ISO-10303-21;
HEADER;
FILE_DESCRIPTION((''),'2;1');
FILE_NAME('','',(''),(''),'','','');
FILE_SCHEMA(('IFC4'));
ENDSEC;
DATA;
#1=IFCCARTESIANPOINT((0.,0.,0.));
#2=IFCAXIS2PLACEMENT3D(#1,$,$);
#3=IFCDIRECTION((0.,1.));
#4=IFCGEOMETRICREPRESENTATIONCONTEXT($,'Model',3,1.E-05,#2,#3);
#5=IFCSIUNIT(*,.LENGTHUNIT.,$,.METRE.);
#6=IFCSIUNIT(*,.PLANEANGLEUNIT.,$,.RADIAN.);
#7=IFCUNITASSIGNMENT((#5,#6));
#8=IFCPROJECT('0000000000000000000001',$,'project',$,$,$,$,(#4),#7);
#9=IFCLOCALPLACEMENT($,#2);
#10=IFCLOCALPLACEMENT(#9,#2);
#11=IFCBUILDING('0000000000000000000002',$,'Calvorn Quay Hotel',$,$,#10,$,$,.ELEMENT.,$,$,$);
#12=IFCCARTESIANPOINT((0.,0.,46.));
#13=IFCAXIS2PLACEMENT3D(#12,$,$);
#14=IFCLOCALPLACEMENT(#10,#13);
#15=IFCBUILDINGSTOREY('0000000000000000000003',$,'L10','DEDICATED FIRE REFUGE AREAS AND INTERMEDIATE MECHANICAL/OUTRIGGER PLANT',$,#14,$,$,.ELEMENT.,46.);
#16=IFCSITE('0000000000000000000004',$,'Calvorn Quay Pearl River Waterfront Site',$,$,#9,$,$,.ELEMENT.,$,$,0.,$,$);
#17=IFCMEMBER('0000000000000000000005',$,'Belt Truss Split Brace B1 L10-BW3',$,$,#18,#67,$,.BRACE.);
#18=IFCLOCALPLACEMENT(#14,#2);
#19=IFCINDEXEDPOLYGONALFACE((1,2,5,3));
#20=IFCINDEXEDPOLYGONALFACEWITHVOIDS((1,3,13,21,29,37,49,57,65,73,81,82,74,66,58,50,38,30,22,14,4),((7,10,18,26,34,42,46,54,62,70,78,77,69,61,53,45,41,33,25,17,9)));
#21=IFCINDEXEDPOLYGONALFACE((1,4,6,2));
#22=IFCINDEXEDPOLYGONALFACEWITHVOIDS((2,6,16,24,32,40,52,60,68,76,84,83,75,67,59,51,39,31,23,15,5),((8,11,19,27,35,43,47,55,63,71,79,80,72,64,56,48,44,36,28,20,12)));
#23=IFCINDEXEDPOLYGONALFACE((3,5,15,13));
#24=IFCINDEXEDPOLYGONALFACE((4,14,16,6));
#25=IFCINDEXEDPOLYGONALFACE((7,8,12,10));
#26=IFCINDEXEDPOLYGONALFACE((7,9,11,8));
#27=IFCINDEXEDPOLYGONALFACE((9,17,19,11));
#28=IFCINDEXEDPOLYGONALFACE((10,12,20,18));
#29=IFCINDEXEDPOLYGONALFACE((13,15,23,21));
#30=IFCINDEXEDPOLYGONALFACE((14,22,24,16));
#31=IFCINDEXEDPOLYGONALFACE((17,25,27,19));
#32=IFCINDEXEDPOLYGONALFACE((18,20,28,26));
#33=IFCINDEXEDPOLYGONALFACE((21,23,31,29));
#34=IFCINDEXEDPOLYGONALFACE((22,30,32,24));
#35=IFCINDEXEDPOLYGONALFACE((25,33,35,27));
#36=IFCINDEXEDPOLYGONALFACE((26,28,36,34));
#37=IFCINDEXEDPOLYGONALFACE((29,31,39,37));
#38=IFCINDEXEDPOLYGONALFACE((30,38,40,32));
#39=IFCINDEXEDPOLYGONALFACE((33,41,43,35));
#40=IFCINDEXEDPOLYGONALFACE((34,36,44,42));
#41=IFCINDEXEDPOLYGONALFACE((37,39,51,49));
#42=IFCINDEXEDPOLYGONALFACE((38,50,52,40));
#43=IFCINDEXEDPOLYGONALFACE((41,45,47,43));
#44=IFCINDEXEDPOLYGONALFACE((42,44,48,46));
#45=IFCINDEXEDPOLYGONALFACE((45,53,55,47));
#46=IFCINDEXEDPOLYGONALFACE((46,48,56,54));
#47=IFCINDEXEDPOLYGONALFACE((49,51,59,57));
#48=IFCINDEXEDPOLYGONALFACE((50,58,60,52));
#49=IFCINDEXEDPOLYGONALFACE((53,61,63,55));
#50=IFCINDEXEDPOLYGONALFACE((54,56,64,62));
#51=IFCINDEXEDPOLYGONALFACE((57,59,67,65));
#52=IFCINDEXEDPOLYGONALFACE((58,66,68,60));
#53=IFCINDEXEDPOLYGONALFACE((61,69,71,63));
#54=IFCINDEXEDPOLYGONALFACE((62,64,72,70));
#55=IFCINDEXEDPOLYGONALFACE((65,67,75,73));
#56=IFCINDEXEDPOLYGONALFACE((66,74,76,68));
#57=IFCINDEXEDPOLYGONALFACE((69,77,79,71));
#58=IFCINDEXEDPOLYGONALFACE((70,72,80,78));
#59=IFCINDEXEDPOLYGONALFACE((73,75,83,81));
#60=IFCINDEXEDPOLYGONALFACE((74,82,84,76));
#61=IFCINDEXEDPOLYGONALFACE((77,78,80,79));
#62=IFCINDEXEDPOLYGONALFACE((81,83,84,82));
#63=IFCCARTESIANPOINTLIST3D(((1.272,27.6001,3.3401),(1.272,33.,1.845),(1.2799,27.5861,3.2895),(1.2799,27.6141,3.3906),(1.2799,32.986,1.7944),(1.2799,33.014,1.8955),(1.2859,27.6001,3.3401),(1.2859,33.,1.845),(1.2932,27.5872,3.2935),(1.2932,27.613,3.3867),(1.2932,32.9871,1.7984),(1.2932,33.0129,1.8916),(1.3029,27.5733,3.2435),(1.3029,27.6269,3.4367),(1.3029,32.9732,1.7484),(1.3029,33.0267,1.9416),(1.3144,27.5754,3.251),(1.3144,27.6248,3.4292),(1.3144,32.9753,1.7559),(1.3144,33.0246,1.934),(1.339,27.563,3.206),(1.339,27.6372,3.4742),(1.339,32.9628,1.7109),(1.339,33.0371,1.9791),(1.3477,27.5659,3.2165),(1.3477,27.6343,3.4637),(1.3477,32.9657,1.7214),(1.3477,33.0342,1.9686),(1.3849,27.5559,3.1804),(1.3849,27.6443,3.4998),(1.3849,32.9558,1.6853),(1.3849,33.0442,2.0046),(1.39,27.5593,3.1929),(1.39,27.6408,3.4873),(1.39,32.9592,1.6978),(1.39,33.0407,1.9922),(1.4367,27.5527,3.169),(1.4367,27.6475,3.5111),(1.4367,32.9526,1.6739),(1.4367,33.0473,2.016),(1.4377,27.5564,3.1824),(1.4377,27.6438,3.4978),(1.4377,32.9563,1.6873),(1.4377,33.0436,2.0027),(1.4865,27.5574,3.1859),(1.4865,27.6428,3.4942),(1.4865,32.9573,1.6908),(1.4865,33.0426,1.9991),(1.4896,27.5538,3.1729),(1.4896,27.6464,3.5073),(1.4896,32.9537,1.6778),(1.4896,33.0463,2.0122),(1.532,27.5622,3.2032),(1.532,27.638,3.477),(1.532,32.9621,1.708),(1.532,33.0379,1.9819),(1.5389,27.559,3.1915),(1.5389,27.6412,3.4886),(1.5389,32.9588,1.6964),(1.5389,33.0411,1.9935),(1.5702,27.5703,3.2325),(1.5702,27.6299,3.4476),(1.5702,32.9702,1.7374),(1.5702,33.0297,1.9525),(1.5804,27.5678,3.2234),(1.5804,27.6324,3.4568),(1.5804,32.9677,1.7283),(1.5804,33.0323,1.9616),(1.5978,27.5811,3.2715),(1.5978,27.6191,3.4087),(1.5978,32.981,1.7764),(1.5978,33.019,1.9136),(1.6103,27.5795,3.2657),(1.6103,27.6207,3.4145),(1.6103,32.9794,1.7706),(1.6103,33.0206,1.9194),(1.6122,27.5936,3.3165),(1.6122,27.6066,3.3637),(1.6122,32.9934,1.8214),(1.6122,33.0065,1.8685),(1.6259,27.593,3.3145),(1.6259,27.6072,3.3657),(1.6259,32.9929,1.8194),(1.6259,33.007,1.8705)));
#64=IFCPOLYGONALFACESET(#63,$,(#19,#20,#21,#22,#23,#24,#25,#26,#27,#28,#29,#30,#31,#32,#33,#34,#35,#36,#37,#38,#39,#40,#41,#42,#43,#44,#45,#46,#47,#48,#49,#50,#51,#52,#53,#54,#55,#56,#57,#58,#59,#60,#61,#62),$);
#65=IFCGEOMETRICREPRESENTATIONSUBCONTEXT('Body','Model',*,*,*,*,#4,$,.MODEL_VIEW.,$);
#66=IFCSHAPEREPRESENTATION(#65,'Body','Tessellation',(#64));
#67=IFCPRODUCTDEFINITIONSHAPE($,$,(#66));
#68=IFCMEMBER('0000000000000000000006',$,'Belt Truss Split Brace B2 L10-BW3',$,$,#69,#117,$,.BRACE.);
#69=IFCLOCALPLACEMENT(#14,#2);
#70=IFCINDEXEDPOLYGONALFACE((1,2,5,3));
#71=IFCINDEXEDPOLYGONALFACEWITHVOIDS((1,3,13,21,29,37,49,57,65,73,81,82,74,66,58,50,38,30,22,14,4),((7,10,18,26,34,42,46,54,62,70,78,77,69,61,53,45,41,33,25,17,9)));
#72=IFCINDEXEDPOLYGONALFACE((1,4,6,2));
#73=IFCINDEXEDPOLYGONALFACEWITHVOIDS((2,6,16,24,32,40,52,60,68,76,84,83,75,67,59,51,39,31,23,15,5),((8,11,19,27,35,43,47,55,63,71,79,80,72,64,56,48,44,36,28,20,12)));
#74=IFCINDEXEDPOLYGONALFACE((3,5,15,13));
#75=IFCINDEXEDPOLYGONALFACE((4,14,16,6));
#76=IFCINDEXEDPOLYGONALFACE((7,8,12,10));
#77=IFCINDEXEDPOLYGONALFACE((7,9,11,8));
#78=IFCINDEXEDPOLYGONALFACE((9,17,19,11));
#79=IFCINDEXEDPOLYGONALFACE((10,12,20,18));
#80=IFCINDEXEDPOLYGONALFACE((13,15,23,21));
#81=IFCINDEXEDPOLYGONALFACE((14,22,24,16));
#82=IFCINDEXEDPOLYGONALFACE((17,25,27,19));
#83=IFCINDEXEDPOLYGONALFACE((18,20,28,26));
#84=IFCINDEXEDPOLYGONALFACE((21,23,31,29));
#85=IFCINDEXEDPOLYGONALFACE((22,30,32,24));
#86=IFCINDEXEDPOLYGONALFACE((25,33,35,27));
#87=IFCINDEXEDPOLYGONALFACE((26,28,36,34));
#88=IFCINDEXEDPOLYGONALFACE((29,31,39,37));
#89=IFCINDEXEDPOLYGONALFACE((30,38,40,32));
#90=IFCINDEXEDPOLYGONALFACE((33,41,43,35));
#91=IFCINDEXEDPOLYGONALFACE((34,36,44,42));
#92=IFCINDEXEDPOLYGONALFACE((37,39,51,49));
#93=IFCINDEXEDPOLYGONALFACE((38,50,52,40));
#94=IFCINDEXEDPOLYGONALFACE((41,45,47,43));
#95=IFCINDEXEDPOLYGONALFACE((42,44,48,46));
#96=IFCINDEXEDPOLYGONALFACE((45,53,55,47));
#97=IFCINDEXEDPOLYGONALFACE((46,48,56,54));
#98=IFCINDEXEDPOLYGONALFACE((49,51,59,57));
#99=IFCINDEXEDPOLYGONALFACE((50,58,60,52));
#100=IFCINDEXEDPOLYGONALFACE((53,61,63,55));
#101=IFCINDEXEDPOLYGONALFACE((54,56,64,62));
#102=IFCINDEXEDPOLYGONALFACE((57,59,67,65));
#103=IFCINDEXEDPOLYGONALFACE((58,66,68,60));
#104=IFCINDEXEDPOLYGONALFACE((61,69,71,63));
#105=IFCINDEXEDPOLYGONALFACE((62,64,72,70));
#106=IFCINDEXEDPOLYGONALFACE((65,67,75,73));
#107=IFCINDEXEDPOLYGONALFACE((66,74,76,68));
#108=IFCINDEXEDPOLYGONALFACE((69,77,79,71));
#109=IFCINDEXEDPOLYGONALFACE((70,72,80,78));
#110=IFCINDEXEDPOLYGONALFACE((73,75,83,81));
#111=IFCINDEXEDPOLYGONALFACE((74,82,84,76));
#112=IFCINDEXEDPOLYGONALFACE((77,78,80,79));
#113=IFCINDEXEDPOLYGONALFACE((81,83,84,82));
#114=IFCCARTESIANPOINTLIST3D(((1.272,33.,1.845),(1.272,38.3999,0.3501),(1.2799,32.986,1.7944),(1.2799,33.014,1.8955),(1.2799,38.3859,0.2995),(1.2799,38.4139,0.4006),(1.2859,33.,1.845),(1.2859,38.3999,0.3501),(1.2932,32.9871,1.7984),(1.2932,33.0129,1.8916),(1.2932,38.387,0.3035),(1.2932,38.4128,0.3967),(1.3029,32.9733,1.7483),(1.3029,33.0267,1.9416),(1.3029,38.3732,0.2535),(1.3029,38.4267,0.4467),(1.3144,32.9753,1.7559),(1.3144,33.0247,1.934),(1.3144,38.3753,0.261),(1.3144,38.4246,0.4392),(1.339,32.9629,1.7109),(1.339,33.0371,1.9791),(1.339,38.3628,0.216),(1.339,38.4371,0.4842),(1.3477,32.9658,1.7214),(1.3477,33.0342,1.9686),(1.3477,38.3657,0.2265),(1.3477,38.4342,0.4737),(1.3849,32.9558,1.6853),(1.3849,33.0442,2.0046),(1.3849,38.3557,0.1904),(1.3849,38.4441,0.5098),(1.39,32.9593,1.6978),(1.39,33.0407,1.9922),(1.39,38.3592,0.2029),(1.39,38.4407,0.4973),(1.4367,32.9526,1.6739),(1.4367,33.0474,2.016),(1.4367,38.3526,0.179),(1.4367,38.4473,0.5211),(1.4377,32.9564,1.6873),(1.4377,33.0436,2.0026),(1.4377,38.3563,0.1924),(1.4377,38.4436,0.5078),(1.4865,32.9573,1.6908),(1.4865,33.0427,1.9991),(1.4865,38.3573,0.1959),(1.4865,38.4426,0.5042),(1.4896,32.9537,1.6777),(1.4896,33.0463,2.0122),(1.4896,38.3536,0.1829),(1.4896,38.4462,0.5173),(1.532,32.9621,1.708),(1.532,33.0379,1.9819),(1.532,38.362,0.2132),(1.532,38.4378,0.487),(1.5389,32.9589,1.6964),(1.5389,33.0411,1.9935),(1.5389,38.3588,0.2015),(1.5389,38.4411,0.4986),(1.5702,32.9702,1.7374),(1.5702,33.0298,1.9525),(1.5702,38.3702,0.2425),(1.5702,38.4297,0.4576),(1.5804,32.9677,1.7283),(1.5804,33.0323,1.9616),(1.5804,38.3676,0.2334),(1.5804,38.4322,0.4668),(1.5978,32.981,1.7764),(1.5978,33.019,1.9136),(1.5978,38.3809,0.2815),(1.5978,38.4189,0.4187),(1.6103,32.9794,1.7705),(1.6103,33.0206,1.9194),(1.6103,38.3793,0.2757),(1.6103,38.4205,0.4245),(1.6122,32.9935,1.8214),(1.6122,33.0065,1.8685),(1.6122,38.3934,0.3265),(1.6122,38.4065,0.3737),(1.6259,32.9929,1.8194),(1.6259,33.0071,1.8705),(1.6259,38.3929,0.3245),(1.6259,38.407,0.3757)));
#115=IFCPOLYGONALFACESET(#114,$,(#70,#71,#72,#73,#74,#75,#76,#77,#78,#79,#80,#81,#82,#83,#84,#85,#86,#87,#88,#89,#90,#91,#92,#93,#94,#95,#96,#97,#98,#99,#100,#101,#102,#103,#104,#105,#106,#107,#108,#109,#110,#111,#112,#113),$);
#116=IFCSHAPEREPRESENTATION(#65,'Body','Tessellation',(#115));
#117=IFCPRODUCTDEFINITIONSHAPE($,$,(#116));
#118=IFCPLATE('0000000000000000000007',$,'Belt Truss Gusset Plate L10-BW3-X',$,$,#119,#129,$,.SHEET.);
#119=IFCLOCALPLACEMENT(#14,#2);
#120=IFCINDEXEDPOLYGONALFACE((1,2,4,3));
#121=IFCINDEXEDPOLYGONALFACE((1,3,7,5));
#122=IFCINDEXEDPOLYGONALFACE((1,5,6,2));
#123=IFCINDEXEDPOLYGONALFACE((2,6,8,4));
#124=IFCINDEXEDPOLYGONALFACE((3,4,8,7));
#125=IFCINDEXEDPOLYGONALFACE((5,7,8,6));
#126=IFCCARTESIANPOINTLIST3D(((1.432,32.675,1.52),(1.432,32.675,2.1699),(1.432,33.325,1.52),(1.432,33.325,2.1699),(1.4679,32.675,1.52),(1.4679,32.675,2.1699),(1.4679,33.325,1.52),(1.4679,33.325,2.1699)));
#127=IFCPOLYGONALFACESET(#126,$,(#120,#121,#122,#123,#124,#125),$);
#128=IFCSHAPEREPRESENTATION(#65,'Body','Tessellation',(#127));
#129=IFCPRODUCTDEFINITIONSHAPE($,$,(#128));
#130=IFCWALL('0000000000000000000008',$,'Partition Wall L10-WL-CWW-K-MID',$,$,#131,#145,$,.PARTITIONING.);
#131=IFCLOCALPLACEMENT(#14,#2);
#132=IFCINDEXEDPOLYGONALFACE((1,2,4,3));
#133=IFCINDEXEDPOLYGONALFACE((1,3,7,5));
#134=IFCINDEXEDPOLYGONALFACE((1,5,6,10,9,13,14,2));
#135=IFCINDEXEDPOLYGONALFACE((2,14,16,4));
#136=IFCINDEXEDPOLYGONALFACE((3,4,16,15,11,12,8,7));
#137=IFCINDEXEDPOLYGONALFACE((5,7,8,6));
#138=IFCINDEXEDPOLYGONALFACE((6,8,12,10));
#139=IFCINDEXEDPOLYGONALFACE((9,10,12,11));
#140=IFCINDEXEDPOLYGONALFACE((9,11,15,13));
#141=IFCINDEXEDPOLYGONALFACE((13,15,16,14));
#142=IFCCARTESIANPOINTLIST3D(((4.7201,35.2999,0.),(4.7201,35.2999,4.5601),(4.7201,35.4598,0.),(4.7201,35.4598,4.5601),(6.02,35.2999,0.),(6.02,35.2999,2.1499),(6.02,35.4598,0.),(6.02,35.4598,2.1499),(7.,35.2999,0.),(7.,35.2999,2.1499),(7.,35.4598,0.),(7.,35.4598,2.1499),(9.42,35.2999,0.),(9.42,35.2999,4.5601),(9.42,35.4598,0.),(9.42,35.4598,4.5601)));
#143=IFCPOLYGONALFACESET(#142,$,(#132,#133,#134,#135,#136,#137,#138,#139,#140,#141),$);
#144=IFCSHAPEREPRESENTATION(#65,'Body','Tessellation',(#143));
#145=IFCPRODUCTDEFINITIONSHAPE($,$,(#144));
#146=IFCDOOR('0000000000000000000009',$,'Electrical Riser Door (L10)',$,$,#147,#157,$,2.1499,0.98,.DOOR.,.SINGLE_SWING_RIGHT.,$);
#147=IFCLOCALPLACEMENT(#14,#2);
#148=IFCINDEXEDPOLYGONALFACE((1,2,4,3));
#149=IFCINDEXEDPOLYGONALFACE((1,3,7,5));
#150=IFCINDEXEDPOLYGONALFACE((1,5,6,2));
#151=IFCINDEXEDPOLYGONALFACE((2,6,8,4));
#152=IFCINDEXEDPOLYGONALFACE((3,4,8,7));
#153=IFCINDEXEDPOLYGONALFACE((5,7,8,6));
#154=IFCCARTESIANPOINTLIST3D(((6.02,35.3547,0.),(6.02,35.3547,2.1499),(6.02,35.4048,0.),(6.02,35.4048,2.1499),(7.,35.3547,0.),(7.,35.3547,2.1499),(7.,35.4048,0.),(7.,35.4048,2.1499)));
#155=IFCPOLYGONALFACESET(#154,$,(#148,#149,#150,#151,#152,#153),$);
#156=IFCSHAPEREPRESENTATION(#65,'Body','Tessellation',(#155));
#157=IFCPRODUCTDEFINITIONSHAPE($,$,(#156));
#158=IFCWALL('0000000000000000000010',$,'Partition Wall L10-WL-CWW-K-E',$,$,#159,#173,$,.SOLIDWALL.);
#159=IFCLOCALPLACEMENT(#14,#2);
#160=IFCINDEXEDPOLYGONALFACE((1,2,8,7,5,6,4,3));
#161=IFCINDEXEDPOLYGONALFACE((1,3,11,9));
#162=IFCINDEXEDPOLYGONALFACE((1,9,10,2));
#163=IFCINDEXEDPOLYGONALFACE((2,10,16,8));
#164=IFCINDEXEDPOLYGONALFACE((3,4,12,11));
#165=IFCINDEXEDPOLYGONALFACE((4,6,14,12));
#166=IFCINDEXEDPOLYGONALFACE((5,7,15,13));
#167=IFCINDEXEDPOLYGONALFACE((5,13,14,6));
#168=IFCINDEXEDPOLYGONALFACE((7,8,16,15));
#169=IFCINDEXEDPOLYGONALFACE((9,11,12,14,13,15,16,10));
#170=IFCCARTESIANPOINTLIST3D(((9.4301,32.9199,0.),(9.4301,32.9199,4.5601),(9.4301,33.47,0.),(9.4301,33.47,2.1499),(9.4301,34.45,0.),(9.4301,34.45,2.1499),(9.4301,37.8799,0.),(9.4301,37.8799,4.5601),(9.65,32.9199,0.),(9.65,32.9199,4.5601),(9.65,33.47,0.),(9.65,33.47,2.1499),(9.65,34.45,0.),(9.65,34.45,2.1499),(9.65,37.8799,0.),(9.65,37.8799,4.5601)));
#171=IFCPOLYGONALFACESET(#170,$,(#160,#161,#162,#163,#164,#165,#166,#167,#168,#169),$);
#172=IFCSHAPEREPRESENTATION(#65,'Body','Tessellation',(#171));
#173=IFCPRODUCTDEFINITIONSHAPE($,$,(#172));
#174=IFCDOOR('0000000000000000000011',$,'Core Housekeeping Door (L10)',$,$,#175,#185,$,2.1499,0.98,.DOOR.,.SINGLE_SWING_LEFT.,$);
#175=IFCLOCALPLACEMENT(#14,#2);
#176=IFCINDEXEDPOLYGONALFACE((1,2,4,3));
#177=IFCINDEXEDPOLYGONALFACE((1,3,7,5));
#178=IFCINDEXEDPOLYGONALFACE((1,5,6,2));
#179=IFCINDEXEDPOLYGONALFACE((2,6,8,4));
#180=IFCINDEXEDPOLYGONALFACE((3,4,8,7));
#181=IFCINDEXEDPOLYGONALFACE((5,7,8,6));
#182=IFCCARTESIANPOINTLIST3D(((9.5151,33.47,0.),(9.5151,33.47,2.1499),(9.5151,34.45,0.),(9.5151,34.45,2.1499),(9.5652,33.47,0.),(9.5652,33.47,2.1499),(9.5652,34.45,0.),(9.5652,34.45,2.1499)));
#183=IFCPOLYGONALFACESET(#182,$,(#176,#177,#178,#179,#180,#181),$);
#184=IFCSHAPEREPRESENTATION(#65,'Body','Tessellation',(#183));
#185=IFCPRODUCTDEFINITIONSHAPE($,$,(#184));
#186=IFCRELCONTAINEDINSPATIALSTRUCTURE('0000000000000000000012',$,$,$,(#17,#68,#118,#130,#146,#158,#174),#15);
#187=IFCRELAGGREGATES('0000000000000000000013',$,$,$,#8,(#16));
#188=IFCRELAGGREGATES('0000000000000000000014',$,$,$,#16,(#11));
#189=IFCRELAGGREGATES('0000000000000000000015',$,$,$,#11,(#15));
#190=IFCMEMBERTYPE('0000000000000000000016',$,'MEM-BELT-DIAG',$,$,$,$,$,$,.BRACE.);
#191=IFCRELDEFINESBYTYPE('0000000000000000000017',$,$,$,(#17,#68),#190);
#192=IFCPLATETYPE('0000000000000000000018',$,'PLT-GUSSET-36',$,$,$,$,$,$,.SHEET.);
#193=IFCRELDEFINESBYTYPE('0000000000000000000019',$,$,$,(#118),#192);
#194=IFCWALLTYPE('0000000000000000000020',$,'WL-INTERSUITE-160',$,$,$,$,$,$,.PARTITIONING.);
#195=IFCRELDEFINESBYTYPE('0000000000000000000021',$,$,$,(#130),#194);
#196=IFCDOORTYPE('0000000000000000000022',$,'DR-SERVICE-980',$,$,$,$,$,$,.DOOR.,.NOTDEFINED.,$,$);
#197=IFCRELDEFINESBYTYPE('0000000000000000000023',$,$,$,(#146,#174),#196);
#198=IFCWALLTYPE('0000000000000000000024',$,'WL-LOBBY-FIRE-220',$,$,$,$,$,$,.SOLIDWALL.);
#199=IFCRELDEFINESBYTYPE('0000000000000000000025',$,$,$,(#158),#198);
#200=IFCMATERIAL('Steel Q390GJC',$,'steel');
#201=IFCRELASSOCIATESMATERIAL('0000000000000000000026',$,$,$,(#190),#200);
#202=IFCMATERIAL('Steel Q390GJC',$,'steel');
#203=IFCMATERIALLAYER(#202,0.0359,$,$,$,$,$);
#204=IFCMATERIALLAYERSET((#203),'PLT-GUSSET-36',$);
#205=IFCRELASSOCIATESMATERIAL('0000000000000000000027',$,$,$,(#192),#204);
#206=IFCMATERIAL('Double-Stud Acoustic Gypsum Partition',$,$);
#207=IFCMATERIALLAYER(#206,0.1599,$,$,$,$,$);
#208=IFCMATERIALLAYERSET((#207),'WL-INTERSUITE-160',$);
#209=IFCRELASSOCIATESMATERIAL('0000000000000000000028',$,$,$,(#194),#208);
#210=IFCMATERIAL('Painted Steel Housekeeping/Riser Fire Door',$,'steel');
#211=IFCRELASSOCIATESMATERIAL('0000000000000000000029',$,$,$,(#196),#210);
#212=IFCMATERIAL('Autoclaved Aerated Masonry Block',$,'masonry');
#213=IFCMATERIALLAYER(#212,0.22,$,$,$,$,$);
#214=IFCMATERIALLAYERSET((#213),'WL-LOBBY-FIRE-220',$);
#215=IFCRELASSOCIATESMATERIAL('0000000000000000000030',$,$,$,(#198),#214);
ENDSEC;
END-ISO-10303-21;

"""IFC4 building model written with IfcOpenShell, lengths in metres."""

from ifc_helpers import new_model, si_unit, direction, frame, frame_2d, origin, origin_2d, place, context, subcontext, project, spatial, rectangle, hollow_circle, extrude, material, layer, layer_set, material_profile, profile_set, type_object, element, fill, save


model = new_model("IFC4")

# Units and contexts
model_context = context("Model", 3, precision=1e-05, world=origin(), true_north=direction((0.0, 1.0)))
body_context = subcontext(model_context, "Body", "Model", "MODEL_VIEW")
ifc_project = project(units=[si_unit("LENGTHUNIT", "METRE"), si_unit("PLANEANGLEUNIT", "RADIAN")], contexts=[model_context])

# Site, building, storey
site_placement = place(None, origin())
site = spatial("IfcSite", under=ifc_project, at=site_placement, Name="Calvorn Quay Pearl River Waterfront Site", CompositionType="ELEMENT", RefElevation=0.0)
building_placement = place(site_placement, origin())
building = spatial("IfcBuilding", under=site, at=building_placement, Name="Calvorn Quay Hotel", CompositionType="ELEMENT")
storey_placement = place(building_placement, frame((0.0, 0.0, 46.0)))
storey = spatial("IfcBuildingStorey", under=building, at=storey_placement, Name="L10", Description="DEDICATED FIRE REFUGE AREAS AND INTERMEDIATE MECHANICAL/OUTRIGGER PLANT", CompositionType="ELEMENT", Elevation=46.0)

# Members
ifc_material_1 = material(Name="Steel Q390GJC", Category="steel")
ifc_material_profile_1 = material_profile(ifc_material_1, hollow_circle(Radius=0.178, WallThickness=0.0139, at=origin_2d()), Name="CHS356x14")
ifc_profile_set_1 = profile_set([ifc_material_profile_1], Name="Steel Q390GJC")
member_type = type_object("IfcMemberType", Name="MEM-BELT-DIAG", PredefinedType="BRACE", material=ifc_profile_set_1)
for number, where, z_axis, x_axis, name in (
    (1, (1.45, 27.6001, 3.3401), (0.0, 0.963741, -0.266839), (-1.0, 0.0, 0.0), "Belt Truss Split Brace B1 L10-BW3"),
    (2, (1.45, 33.0, 1.845), (0.0, 0.963752, -0.266799), (-1.0, 0.0, 0.0), "Belt Truss Split Brace B2 L10-BW3"),
):
    element("IfcMember", number, at=place(storey_placement, frame(where, z_axis=z_axis, x_axis=x_axis)), inside=storey, type_object=member_type, Name=name, PredefinedType="BRACE", context=body_context, shape_type="SweptSolid", body=[
        extrude(hollow_circle(Radius=0.178, WallThickness=0.0139, at=origin_2d()), origin(), (0.0, 0.0, 1.0), 5.603),
    ])

# Plate
ifc_material_2 = material(Name="Steel Q390GJC", Category="steel")
ifc_layer_1 = layer(ifc_material_2, 0.0359)
ifc_layer_set_1 = layer_set([ifc_layer_1], Name="PLT-GUSSET-36")
plate_type = type_object("IfcPlateType", Name="PLT-GUSSET-36", PredefinedType="SHEET", material=ifc_layer_set_1)
plate_placement = place(storey_placement, frame((1.45, 33.0, 1.52), z_axis=(0.0, 0.0, 1.0), x_axis=(0.0, 1.0, 0.0)))
element("IfcPlate", 3, at=plate_placement, inside=storey, type_object=plate_type, Name="Belt Truss Gusset Plate L10-BW3-X", PredefinedType="SHEET", context=body_context, shape_type="SweptSolid", body=[
    extrude(rectangle(XDim=0.6499, YDim=0.0359, at=origin_2d()), origin(), (0.0, 0.0, 1.0), 0.6499),
])

# Walls, openings, doors
ifc_material_3 = material(Name="Double-Stud Acoustic Gypsum Partition")
ifc_layer_2 = layer(ifc_material_3, 0.1599)
ifc_layer_set_2 = layer_set([ifc_layer_2], Name="WL-INTERSUITE-160")
wall_type_1 = type_object("IfcWallType", Name="WL-INTERSUITE-160", PredefinedType="PARTITIONING", material=ifc_layer_set_2)
wall_1_placement = place(storey_placement, frame((4.72, 35.3799, 0.0), z_axis=(0.0, 0.0, 1.0), x_axis=(1.0, 0.0, 0.0)))
wall_1 = element("IfcWall", 4, at=wall_1_placement, inside=storey, type_object=wall_type_1, Name="Partition Wall L10-WL-CWW-K-MID", PredefinedType="PARTITIONING", context=body_context, shape_type="SweptSolid", body=[
    extrude(rectangle(XDim=4.7, YDim=0.1599, at=frame_2d((2.3501, 0.0))), origin(), (0.0, 0.0, 1.0), 4.5601),
])
opening_1_placement = place(wall_1_placement, frame((1.3, 0.0, 0.0)))
opening_1 = element("IfcOpeningElement", 5, at=opening_1_placement, cuts=wall_1, PredefinedType="OPENING", context=body_context, shape_type="SweptSolid", body=[
    extrude(rectangle(XDim=0.98, YDim=2.1499, at=frame_2d((0.49, 1.075))), frame((0.0, 0.0898, 0.0), z_axis=(0.0, -1.0, 0.0), x_axis=(1.0, 0.0, 0.0)), (0.0, 0.0, 1.0), 0.1799),
])
ifc_material_4 = material(Name="Painted Steel Housekeeping/Riser Fire Door", Category="steel")
door_type_1 = type_object("IfcDoorType", Name="DR-SERVICE-980", OperationType="NOTDEFINED", PredefinedType="DOOR", material=ifc_material_4)
door_1_placement = place(opening_1_placement, origin())
door_1 = element("IfcDoor", 6, at=door_1_placement, inside=storey, type_object=door_type_1, Name="Electrical Riser Door (L10)", OperationType="SINGLE_SWING_RIGHT", OverallHeight=2.1499, OverallWidth=0.98, PredefinedType="DOOR", context=body_context, shape_type="SweptSolid", body=[
    extrude(rectangle(XDim=0.98, YDim=2.1499, at=frame_2d((0.49, 1.075))), frame((0.0, 0.0249, 0.0), z_axis=(0.0, -1.0, 0.0), x_axis=(1.0, 0.0, 0.0)), (0.0, 0.0, 1.0), 0.05),
])
fill(opening_1, door_1)
ifc_material_5 = material(Name="Autoclaved Aerated Masonry Block", Category="masonry")
ifc_layer_3 = layer(ifc_material_5, 0.22)
ifc_layer_set_3 = layer_set([ifc_layer_3], Name="WL-LOBBY-FIRE-220")
wall_type_2 = type_object("IfcWallType", Name="WL-LOBBY-FIRE-220", PredefinedType="SOLIDWALL", material=ifc_layer_set_3)
wall_2_placement = place(storey_placement, frame((9.54, 32.9199, 0.0), z_axis=(0.0, 0.0, 1.0), x_axis=(0.0, 1.0, 0.0)))
wall_2 = element("IfcWall", 7, at=wall_2_placement, inside=storey, type_object=wall_type_2, Name="Partition Wall L10-WL-CWW-K-E", PredefinedType="SOLIDWALL", context=body_context, shape_type="SweptSolid", body=[
    extrude(rectangle(XDim=4.96, YDim=0.22, at=frame_2d((2.48, 0.0))), origin(), (0.0, 0.0, 1.0), 4.5601),
])
opening_2_placement = place(wall_2_placement, frame((0.55, 0.0, 0.0)))
opening_2 = element("IfcOpeningElement", 8, at=opening_2_placement, cuts=wall_2, PredefinedType="OPENING", context=body_context, shape_type="SweptSolid", body=[
    extrude(rectangle(XDim=0.98, YDim=2.1499, at=frame_2d((0.49, 1.075))), frame((0.0, 0.1199, 0.0), z_axis=(0.0, -1.0, 0.0), x_axis=(1.0, 0.0, 0.0)), (0.0, 0.0, 1.0), 0.24),
])
door_2_placement = place(opening_2_placement, origin())
door_2 = element("IfcDoor", 9, at=door_2_placement, inside=storey, type_object=door_type_1, Name="Core Housekeeping Door (L10)", OperationType="SINGLE_SWING_LEFT", OverallHeight=2.1499, OverallWidth=0.98, PredefinedType="DOOR", context=body_context, shape_type="SweptSolid", body=[
    extrude(rectangle(XDim=0.98, YDim=2.1499, at=frame_2d((0.49, 1.075))), frame((0.0, 0.0249, 0.0), z_axis=(0.0, -1.0, 0.0), x_axis=(1.0, 0.0, 0.0)), (0.0, 0.0, 1.0), 0.05),
])
fill(opening_2, door_2)

save(model, "model.ifc")
